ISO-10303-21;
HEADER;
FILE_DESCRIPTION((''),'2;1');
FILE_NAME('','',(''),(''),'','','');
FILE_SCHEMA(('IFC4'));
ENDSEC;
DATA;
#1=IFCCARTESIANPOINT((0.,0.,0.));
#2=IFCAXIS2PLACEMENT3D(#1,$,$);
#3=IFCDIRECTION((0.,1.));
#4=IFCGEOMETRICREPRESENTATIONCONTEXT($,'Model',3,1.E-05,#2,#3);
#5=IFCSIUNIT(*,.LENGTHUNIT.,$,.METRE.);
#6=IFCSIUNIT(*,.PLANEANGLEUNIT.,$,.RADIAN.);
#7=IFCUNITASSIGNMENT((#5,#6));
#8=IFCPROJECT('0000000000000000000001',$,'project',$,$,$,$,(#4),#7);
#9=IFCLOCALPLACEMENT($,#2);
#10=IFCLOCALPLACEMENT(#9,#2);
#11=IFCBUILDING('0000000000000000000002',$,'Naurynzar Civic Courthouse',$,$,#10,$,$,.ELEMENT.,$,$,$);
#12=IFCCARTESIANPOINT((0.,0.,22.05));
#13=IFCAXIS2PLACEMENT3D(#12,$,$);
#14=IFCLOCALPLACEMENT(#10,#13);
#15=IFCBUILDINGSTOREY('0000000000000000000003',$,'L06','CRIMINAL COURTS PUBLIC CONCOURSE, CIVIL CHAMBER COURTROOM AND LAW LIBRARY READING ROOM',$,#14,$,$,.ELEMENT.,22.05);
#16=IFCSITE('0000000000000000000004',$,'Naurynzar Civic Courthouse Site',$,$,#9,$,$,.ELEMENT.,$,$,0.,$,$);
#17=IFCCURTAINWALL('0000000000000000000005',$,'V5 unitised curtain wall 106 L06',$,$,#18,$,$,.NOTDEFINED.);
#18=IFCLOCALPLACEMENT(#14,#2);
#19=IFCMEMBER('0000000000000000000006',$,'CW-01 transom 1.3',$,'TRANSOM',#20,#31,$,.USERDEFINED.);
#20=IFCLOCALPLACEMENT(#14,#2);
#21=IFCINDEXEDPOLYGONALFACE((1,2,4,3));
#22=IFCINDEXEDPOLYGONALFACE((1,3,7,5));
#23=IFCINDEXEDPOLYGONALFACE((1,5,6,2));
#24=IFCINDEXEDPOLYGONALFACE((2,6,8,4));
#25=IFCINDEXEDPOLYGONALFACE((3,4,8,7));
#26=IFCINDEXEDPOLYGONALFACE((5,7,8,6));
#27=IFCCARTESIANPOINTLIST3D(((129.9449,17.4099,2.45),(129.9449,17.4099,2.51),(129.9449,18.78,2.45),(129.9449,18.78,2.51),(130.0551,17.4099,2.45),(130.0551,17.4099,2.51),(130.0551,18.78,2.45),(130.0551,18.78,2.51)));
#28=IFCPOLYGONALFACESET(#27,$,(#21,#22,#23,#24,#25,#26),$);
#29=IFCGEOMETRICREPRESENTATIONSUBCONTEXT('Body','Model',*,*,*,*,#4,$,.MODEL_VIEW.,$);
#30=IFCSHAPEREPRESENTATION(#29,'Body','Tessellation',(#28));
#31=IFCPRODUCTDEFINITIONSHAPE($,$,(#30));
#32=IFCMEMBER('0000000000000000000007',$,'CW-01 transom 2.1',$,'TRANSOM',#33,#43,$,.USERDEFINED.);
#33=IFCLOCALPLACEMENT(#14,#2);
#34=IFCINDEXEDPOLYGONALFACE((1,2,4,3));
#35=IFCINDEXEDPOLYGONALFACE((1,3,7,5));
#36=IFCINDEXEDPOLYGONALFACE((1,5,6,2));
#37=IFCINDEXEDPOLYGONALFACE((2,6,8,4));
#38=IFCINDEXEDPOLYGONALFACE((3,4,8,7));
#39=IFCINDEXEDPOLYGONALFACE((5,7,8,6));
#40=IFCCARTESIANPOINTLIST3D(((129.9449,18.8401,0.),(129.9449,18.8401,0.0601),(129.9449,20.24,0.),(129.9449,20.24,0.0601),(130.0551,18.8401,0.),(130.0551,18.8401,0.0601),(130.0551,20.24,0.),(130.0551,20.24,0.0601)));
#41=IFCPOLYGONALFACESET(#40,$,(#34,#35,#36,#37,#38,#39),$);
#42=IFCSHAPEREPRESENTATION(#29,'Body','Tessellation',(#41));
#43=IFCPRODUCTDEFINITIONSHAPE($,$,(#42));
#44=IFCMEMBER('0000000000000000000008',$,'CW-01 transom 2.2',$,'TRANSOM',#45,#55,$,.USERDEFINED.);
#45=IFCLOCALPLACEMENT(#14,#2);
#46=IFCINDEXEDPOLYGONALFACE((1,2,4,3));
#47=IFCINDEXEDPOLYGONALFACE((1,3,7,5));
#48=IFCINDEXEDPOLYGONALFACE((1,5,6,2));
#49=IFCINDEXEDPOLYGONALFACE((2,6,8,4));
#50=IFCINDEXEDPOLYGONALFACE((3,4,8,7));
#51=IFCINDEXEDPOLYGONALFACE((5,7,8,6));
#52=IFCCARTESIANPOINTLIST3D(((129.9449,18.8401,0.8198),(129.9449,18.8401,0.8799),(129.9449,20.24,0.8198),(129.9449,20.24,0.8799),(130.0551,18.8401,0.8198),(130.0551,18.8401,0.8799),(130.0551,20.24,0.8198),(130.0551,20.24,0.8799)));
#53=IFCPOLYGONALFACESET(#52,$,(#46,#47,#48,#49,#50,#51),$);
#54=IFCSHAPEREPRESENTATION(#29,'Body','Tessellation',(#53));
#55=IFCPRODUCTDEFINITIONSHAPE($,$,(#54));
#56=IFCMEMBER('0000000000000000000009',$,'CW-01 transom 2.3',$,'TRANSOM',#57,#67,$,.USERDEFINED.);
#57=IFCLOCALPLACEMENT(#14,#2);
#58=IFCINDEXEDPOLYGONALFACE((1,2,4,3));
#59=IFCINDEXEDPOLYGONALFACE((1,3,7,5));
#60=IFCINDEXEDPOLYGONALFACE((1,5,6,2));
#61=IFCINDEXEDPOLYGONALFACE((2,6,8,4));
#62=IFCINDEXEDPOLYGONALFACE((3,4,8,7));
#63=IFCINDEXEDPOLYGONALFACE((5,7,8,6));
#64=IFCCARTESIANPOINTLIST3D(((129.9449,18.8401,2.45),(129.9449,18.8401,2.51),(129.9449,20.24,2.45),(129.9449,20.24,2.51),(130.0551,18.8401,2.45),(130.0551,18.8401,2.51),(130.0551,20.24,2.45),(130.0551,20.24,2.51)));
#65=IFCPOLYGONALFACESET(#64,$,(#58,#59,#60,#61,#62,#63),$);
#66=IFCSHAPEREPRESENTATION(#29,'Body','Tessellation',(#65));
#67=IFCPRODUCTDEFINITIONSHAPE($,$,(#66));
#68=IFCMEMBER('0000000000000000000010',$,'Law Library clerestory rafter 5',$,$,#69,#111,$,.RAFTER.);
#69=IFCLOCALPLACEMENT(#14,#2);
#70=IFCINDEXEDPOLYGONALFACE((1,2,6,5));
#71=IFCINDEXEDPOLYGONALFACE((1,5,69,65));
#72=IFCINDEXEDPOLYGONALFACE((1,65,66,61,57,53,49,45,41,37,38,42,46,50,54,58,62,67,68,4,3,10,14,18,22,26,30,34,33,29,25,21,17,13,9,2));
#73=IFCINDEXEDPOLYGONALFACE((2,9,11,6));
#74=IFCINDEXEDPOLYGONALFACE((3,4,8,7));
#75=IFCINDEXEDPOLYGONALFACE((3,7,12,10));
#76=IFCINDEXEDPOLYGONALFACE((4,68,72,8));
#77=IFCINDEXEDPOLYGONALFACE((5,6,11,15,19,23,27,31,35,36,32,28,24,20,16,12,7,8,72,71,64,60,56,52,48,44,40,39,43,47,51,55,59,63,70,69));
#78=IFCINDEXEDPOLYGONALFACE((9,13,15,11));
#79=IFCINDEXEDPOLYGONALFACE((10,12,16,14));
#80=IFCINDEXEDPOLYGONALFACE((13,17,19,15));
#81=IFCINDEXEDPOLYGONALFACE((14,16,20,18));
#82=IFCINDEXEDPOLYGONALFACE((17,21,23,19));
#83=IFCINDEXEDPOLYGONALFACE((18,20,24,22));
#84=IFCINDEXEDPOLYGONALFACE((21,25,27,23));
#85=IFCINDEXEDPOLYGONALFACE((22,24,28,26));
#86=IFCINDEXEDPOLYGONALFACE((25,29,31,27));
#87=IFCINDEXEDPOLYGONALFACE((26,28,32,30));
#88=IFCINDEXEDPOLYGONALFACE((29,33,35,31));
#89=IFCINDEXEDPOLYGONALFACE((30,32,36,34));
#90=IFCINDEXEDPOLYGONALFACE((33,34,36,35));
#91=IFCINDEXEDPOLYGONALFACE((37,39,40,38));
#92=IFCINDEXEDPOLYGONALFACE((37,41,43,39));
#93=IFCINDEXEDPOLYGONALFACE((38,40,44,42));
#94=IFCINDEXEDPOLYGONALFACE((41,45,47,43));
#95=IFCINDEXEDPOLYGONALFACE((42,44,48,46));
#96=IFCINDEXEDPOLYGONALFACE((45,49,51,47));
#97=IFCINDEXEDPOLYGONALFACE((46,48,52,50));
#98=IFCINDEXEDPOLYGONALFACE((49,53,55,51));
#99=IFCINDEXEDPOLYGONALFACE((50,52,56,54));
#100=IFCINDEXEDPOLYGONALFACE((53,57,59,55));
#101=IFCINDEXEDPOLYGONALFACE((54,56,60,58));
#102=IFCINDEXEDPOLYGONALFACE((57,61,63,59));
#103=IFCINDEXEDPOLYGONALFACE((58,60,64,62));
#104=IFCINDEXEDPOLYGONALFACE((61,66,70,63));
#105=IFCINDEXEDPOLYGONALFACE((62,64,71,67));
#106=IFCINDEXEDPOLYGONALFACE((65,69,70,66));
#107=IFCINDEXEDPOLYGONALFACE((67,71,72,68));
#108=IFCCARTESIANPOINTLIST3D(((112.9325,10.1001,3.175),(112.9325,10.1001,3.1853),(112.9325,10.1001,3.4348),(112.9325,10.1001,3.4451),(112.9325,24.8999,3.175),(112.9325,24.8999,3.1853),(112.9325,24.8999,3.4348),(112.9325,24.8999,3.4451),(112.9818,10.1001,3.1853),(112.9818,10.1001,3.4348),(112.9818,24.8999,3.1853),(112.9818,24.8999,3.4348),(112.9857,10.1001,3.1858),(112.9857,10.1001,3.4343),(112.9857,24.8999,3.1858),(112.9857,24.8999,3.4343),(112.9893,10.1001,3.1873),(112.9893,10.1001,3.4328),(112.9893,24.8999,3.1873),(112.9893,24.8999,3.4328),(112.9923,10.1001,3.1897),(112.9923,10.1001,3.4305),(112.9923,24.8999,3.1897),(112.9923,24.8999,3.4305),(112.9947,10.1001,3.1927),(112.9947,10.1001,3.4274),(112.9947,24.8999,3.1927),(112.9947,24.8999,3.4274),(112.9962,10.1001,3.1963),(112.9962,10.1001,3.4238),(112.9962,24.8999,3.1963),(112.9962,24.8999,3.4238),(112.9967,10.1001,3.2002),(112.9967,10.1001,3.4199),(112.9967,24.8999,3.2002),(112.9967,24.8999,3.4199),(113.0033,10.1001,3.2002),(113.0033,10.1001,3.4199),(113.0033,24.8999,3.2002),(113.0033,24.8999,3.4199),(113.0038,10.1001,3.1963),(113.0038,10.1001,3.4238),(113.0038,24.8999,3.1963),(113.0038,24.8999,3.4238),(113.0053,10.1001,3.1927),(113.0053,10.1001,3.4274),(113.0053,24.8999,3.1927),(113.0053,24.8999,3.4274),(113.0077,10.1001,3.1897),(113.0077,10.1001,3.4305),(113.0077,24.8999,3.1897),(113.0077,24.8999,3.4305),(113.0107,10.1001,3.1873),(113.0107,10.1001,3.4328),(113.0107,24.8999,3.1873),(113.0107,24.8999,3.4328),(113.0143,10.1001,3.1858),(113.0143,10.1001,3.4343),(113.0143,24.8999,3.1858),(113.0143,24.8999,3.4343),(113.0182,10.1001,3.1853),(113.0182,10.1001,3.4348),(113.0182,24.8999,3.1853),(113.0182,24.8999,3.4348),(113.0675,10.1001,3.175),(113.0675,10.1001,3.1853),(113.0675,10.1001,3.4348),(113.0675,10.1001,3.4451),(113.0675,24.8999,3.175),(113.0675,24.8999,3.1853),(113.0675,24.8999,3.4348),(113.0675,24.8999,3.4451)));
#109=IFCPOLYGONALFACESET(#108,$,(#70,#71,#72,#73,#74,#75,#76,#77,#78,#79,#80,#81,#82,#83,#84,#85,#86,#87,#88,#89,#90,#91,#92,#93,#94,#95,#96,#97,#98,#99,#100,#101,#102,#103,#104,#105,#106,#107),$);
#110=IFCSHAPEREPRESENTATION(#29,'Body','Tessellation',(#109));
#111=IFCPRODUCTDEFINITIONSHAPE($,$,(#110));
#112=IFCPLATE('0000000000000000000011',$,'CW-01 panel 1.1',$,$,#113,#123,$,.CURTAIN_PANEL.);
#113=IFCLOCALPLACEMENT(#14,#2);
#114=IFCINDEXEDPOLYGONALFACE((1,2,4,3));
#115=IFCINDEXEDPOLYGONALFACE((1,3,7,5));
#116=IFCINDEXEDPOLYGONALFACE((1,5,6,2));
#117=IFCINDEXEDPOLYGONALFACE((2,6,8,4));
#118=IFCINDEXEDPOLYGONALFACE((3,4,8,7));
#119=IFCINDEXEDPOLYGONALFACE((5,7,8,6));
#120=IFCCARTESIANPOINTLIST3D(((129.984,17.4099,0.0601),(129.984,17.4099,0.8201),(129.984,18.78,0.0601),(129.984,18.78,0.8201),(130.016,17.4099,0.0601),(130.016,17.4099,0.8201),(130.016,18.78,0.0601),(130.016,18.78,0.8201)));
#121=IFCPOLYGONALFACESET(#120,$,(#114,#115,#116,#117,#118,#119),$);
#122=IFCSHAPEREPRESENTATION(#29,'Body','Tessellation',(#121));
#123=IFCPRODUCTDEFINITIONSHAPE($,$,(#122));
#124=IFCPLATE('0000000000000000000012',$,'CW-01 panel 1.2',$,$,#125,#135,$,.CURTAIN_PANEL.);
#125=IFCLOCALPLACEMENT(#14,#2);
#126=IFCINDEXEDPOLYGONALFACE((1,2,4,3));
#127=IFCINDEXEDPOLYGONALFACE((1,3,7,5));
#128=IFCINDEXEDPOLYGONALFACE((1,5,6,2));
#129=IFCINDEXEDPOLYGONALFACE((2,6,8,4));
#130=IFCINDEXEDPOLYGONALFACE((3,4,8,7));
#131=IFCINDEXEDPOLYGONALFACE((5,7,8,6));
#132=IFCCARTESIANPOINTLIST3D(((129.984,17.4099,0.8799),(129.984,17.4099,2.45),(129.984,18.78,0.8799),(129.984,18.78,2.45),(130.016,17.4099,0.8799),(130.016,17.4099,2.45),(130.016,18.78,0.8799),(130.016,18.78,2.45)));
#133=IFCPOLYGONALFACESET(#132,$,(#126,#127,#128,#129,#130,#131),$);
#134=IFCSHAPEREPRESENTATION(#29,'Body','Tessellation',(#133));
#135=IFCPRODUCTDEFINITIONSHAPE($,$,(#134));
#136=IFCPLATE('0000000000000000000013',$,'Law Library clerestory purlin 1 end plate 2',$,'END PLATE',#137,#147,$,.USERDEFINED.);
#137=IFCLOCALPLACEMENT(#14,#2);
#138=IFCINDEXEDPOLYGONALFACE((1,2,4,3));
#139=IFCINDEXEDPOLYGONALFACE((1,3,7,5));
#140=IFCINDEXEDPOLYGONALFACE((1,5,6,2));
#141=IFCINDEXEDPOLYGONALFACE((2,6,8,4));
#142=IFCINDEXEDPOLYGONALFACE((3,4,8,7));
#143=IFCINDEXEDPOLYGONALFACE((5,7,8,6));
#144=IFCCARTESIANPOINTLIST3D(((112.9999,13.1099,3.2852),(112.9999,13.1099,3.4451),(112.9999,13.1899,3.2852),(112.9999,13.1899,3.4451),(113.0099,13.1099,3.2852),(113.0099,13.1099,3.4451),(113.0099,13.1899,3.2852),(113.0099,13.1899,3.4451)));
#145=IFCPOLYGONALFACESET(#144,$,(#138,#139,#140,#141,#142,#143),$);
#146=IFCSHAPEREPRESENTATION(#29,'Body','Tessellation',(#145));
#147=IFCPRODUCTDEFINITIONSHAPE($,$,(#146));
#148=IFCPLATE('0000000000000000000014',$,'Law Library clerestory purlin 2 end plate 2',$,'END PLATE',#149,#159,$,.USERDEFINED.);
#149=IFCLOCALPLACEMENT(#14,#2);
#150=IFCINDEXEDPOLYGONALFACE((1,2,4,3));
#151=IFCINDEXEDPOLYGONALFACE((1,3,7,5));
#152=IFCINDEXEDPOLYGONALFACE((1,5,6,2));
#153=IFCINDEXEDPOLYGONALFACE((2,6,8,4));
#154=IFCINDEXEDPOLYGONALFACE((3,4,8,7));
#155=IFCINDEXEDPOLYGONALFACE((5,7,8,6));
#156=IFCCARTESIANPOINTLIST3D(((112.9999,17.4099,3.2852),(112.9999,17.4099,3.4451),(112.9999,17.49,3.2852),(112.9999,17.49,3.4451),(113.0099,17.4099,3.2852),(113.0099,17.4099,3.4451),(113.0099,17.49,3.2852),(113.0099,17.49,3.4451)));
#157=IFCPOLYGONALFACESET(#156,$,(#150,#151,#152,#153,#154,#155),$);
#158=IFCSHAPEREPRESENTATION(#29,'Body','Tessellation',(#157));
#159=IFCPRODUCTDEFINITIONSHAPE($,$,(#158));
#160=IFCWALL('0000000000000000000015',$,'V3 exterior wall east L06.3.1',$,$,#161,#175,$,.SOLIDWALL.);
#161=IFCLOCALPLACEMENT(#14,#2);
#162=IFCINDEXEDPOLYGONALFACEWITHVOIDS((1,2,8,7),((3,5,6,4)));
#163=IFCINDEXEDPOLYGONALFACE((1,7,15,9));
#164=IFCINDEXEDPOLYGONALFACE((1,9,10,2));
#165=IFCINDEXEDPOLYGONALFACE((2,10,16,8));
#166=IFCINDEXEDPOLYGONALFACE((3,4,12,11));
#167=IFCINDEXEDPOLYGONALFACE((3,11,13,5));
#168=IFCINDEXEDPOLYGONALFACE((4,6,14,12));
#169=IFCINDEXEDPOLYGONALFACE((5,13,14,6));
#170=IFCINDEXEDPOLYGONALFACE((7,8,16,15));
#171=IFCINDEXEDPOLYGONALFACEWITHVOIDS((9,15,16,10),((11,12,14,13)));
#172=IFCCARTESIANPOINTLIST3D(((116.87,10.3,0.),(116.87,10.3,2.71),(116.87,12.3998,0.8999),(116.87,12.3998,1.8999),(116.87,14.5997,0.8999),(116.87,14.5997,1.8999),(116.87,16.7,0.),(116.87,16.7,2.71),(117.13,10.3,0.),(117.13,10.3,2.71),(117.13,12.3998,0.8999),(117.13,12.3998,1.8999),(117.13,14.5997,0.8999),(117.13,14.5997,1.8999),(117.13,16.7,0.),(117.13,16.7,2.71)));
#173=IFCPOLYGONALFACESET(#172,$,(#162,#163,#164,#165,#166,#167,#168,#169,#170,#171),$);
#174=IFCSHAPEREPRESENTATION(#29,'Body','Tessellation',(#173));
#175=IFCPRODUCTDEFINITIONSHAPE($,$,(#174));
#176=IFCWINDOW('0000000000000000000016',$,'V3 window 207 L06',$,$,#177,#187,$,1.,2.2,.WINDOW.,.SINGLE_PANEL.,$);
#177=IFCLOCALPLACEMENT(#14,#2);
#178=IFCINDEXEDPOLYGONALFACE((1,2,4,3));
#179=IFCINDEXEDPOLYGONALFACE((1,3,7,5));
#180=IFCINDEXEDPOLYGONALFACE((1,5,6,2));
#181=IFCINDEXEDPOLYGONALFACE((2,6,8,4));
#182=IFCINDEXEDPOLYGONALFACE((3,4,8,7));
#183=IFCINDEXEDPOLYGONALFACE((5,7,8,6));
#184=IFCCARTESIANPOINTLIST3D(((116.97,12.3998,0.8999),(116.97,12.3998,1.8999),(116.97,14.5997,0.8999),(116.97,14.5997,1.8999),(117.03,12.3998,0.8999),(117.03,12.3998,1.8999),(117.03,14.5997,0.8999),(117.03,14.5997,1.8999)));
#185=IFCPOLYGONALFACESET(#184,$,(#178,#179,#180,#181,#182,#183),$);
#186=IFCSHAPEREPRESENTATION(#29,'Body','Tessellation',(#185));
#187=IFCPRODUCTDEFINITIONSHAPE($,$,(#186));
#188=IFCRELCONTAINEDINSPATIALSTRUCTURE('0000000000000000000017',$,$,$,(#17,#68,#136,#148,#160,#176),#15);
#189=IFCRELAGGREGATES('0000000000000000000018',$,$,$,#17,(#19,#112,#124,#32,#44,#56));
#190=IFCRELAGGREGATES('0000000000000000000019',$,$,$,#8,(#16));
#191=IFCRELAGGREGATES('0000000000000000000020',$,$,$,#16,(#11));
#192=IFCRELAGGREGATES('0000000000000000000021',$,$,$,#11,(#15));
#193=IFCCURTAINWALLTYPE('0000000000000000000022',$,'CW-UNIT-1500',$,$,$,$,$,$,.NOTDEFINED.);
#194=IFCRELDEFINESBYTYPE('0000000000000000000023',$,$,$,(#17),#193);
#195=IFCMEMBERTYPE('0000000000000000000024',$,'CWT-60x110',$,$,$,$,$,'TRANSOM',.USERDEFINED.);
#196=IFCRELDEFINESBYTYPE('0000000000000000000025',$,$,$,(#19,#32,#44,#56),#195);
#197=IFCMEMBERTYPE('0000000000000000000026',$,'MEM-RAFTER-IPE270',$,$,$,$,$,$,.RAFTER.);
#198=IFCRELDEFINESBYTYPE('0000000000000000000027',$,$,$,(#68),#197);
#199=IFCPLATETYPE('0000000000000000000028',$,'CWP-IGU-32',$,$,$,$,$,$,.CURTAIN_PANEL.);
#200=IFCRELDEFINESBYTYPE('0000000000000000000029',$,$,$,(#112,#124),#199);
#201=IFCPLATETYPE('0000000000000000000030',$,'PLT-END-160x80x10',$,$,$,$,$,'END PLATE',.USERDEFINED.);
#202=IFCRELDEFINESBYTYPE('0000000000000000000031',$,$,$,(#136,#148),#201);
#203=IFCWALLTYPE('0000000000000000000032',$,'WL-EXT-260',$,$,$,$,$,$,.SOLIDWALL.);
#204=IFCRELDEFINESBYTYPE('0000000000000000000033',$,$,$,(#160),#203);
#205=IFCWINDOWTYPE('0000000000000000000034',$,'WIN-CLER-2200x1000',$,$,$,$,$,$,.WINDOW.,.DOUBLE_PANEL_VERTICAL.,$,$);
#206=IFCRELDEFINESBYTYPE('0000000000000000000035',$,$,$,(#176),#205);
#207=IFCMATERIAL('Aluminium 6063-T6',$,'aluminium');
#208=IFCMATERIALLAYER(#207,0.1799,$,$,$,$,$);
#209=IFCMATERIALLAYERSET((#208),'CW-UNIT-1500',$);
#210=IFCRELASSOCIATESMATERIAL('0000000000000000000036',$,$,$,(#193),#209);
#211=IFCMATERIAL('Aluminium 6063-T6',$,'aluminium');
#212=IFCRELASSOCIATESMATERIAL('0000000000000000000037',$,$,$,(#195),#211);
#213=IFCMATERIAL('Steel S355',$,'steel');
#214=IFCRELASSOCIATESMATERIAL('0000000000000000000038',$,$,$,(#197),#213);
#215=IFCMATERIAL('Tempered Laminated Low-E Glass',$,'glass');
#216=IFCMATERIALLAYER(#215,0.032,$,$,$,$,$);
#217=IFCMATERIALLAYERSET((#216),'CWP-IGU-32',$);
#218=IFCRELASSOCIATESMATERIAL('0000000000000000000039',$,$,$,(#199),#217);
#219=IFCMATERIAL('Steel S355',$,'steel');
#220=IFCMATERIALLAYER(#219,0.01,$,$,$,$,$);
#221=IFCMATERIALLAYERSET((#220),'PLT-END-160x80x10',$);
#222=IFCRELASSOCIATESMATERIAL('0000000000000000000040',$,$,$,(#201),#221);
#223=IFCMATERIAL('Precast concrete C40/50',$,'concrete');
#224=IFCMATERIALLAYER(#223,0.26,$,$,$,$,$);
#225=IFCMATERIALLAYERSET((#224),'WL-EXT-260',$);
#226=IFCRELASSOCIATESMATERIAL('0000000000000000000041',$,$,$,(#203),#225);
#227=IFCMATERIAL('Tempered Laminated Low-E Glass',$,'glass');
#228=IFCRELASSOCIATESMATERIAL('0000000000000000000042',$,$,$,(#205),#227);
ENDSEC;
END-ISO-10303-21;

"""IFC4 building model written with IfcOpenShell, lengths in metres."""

from ifc_helpers import new_model, si_unit, direction, frame, frame_2d, origin, origin_2d, place, context, subcontext, project, spatial, rectangle, i_section, extrude, material, layer, layer_set, material_profile, profile_set, type_object, element, fill, aggregate, save


model = new_model("IFC4")

# Units and contexts
model_context = context("Model", 3, precision=1e-05, world=origin(), true_north=direction((0.0, 1.0)))
body_context = subcontext(model_context, "Body", "Model", "MODEL_VIEW")
ifc_project = project(units=[si_unit("LENGTHUNIT", "METRE"), si_unit("PLANEANGLEUNIT", "RADIAN")], contexts=[model_context])

# Site, building, storey
site_placement = place(None, origin())
site = spatial("IfcSite", under=ifc_project, at=site_placement, Name="Naurynzar Civic Courthouse Site", CompositionType="ELEMENT", RefElevation=0.0)
building_placement = place(site_placement, origin())
building = spatial("IfcBuilding", under=site, at=building_placement, Name="Naurynzar Civic Courthouse", CompositionType="ELEMENT")
storey_placement = place(building_placement, frame((0.0, 0.0, 22.05)))
storey = spatial("IfcBuildingStorey", under=building, at=storey_placement, Name="L06", Description="CRIMINAL COURTS PUBLIC CONCOURSE, CIVIL CHAMBER COURTROOM AND LAW LIBRARY READING ROOM", CompositionType="ELEMENT", Elevation=22.05)

# Curtain wall, members
ifc_material_1 = material(Name="Aluminium 6063-T6", Category="aluminium")
ifc_layer_1 = layer(ifc_material_1, 0.1799)
ifc_layer_set_1 = layer_set([ifc_layer_1], Name="CW-UNIT-1500")
curtain_wall_type = type_object("IfcCurtainWallType", Name="CW-UNIT-1500", PredefinedType="NOTDEFINED", material=ifc_layer_set_1)
curtain_wall_placement = place(storey_placement, origin())
curtain_wall = element("IfcCurtainWall", 1, at=curtain_wall_placement, inside=storey, type_object=curtain_wall_type, Name="V5 unitised curtain wall 106 L06", PredefinedType="NOTDEFINED")
ifc_material_2 = material(Name="Aluminium 6063-T6", Category="aluminium")
ifc_material_profile_1 = material_profile(ifc_material_2, rectangle(XDim=0.1101, YDim=0.0601, at=origin_2d()), Name="ALU TRANSOM 60x110")
ifc_profile_set_1 = profile_set([ifc_material_profile_1], Name="Aluminium 6063-T6")
member_type_1 = type_object("IfcMemberType", Name="CWT-60x110", ElementType="TRANSOM", PredefinedType="USERDEFINED", material=ifc_profile_set_1)
member_1_placement = place(storey_placement, frame((130.0, 17.4099, 2.48), z_axis=(0.0, 1.0, 0.0), x_axis=(-1.0, 0.0, 0.0)))
member_1 = element("IfcMember", 2, at=member_1_placement, type_object=member_type_1, Name="CW-01 transom 1.3", ObjectType="TRANSOM", PredefinedType="USERDEFINED", context=body_context, shape_type="SweptSolid", body=[
    extrude(rectangle(XDim=0.1101, YDim=0.0601, at=origin_2d()), origin(), (0.0, 0.0, 1.0), 1.3701),
])
member_2_placement = place(storey_placement, frame((130.0, 18.8401, 0.03), z_axis=(0.0, 1.0, 0.0), x_axis=(-1.0, 0.0, 0.0)))
member_2 = element("IfcMember", 3, at=member_2_placement, type_object=member_type_1, Name="CW-01 transom 2.1", ObjectType="TRANSOM", PredefinedType="USERDEFINED", context=body_context, shape_type="SweptSolid", body=[
    extrude(rectangle(XDim=0.1101, YDim=0.0601, at=origin_2d()), origin(), (0.0, 0.0, 1.0), 1.3999),
])
member_3_placement = place(storey_placement, frame((130.0, 18.8401, 0.8499), z_axis=(0.0, 1.0, 0.0), x_axis=(-1.0, 0.0, 0.0)))
member_3 = element("IfcMember", 4, at=member_3_placement, type_object=member_type_1, Name="CW-01 transom 2.2", ObjectType="TRANSOM", PredefinedType="USERDEFINED", context=body_context, shape_type="SweptSolid", body=[
    extrude(rectangle(XDim=0.1101, YDim=0.0601, at=origin_2d()), origin(), (0.0, 0.0, 1.0), 1.3999),
])
member_4_placement = place(storey_placement, frame((130.0, 18.8401, 2.48), z_axis=(0.0, 1.0, 0.0), x_axis=(-1.0, 0.0, 0.0)))
member_4 = element("IfcMember", 5, at=member_4_placement, type_object=member_type_1, Name="CW-01 transom 2.3", ObjectType="TRANSOM", PredefinedType="USERDEFINED", context=body_context, shape_type="SweptSolid", body=[
    extrude(rectangle(XDim=0.1101, YDim=0.0601, at=origin_2d()), origin(), (0.0, 0.0, 1.0), 1.3999),
])

# Member
ifc_material_3 = material(Name="Steel S355", Category="steel")
ifc_material_profile_2 = material_profile(ifc_material_3, i_section(OverallWidth=0.135, OverallDepth=0.27, WebThickness=0.0066, FlangeThickness=0.0103, FilletRadius=0.0149, at=origin_2d()), Name="IPE 270")
ifc_profile_set_2 = profile_set([ifc_material_profile_2], Name="Steel S355")
member_type_2 = type_object("IfcMemberType", Name="MEM-RAFTER-IPE270", PredefinedType="RAFTER", material=ifc_profile_set_2)
member_5_placement = place(storey_placement, frame((113.0, 10.1001, 3.3101), z_axis=(0.0, 1.0, 0.0), x_axis=(-1.0, 0.0, 0.0)))
element("IfcMember", 6, at=member_5_placement, inside=storey, type_object=member_type_2, Name="Law Library clerestory rafter 5", PredefinedType="RAFTER", context=body_context, shape_type="SweptSolid", body=[
    extrude(i_section(OverallWidth=0.135, OverallDepth=0.27, WebThickness=0.0066, FlangeThickness=0.0103, FilletRadius=0.0149, at=origin_2d()), origin(), (0.0, 0.0, 1.0), 14.7998),
])

# Plates
ifc_material_4 = material(Name="Tempered Laminated Low-E Glass", Category="glass")
ifc_layer_2 = layer(ifc_material_4, 0.032)
ifc_layer_set_2 = layer_set([ifc_layer_2], Name="CWP-IGU-32")
plate_type_1 = type_object("IfcPlateType", Name="CWP-IGU-32", PredefinedType="CURTAIN_PANEL", material=ifc_layer_set_2)
plate_1_placement = place(storey_placement, frame((130.0, 18.095, 0.0601), z_axis=(0.0, 0.0, 1.0), x_axis=(0.0, 1.0, 0.0)))
plate_1 = element("IfcPlate", 7, at=plate_1_placement, type_object=plate_type_1, Name="CW-01 panel 1.1", PredefinedType="CURTAIN_PANEL", context=body_context, shape_type="SweptSolid", body=[
    extrude(rectangle(XDim=1.3701, YDim=0.032, at=origin_2d()), origin(), (0.0, 0.0, 1.0), 0.76),
])
plate_2_placement = place(storey_placement, frame((130.0, 18.095, 0.8799), z_axis=(0.0, 0.0, 1.0), x_axis=(0.0, 1.0, 0.0)))
plate_2 = element("IfcPlate", 8, at=plate_2_placement, type_object=plate_type_1, Name="CW-01 panel 1.2", PredefinedType="CURTAIN_PANEL", context=body_context, shape_type="SweptSolid", body=[
    extrude(rectangle(XDim=1.3701, YDim=0.032, at=origin_2d()), origin(), (0.0, 0.0, 1.0), 1.5701),
])
aggregate(curtain_wall, [member_1, plate_1, plate_2, member_2, member_3, member_4])

# Plates
ifc_material_5 = material(Name="Steel S355", Category="steel")
ifc_layer_3 = layer(ifc_material_5, 0.01)
ifc_layer_set_3 = layer_set([ifc_layer_3], Name="PLT-END-160x80x10")
plate_type_2 = type_object("IfcPlateType", Name="PLT-END-160x80x10", ElementType="END PLATE", PredefinedType="USERDEFINED", material=ifc_layer_set_3)
for number, where, z_axis, x_axis, name in (
    (9, (113.0049, 13.1499, 3.2852), (0.0, 0.0, 1.0), (1.0, 0.0, 0.0), "Law Library clerestory purlin 1 end plate 2"),
    (10, (113.0049, 17.45, 3.2852), (0.0, 0.0, 1.0), (1.0, 0.0, 0.0), "Law Library clerestory purlin 2 end plate 2"),
):
    element("IfcPlate", number, at=place(storey_placement, frame(where, z_axis=z_axis, x_axis=x_axis)), inside=storey, type_object=plate_type_2, Name=name, ObjectType="END PLATE", PredefinedType="USERDEFINED", context=body_context, shape_type="SweptSolid", body=[
        extrude(rectangle(XDim=0.01, YDim=0.0801, at=origin_2d()), origin(), (0.0, 0.0, 1.0), 0.1599),
    ])

# Wall, opening, window
ifc_material_6 = material(Name="Precast concrete C40/50", Category="concrete")
ifc_layer_4 = layer(ifc_material_6, 0.26)
ifc_layer_set_4 = layer_set([ifc_layer_4], Name="WL-EXT-260")
wall_type_1 = type_object("IfcWallType", Name="WL-EXT-260", PredefinedType="SOLIDWALL", material=ifc_layer_set_4)
wall_1_placement = place(storey_placement, frame((117.0, 16.7, 0.0), z_axis=(0.0, 0.0, 1.0), x_axis=(0.0, -1.0, 0.0)))
wall_1 = element("IfcWall", 11, at=wall_1_placement, inside=storey, type_object=wall_type_1, Name="V3 exterior wall east L06.3.1", PredefinedType="SOLIDWALL", context=body_context, shape_type="SweptSolid", body=[
    extrude(rectangle(XDim=6.3999, YDim=0.26, at=frame_2d((3.2, 0.0))), origin(), (0.0, 0.0, 1.0), 2.71),
])
opening_1_placement = place(wall_1_placement, frame((2.1001, 0.0, 0.8999)))
opening_1 = element("IfcOpeningElement", 12, at=opening_1_placement, cuts=wall_1, PredefinedType="OPENING", context=body_context, shape_type="SweptSolid", body=[
    extrude(rectangle(XDim=2.2, YDim=1.0, at=frame_2d((1.1001, 0.5))), frame((0.0, 0.1399, 0.0), z_axis=(0.0, -1.0, 0.0), x_axis=(1.0, 0.0, 0.0)), (0.0, 0.0, 1.0), 0.28),
])
ifc_material_7 = material(Name="Tempered Laminated Low-E Glass", Category="glass")
window_type_1 = type_object("IfcWindowType", Name="WIN-CLER-2200x1000", PartitioningType="DOUBLE_PANEL_VERTICAL", PredefinedType="WINDOW", material=ifc_material_7)
window_1_placement = place(opening_1_placement, origin())
window_1 = element("IfcWindow", 13, at=window_1_placement, inside=storey, type_object=window_type_1, Name="V3 window 207 L06", OverallHeight=1.0, OverallWidth=2.2, PartitioningType="SINGLE_PANEL", PredefinedType="WINDOW", context=body_context, shape_type="SweptSolid", body=[
    extrude(rectangle(XDim=2.2, YDim=1.0, at=frame_2d((1.1001, 0.5))), frame((0.0, 0.03, 0.0), z_axis=(0.0, -1.0, 0.0), x_axis=(1.0, 0.0, 0.0)), (0.0, 0.0, 1.0), 0.0601),
])
fill(opening_1, window_1)

save(model, "model.ifc")
